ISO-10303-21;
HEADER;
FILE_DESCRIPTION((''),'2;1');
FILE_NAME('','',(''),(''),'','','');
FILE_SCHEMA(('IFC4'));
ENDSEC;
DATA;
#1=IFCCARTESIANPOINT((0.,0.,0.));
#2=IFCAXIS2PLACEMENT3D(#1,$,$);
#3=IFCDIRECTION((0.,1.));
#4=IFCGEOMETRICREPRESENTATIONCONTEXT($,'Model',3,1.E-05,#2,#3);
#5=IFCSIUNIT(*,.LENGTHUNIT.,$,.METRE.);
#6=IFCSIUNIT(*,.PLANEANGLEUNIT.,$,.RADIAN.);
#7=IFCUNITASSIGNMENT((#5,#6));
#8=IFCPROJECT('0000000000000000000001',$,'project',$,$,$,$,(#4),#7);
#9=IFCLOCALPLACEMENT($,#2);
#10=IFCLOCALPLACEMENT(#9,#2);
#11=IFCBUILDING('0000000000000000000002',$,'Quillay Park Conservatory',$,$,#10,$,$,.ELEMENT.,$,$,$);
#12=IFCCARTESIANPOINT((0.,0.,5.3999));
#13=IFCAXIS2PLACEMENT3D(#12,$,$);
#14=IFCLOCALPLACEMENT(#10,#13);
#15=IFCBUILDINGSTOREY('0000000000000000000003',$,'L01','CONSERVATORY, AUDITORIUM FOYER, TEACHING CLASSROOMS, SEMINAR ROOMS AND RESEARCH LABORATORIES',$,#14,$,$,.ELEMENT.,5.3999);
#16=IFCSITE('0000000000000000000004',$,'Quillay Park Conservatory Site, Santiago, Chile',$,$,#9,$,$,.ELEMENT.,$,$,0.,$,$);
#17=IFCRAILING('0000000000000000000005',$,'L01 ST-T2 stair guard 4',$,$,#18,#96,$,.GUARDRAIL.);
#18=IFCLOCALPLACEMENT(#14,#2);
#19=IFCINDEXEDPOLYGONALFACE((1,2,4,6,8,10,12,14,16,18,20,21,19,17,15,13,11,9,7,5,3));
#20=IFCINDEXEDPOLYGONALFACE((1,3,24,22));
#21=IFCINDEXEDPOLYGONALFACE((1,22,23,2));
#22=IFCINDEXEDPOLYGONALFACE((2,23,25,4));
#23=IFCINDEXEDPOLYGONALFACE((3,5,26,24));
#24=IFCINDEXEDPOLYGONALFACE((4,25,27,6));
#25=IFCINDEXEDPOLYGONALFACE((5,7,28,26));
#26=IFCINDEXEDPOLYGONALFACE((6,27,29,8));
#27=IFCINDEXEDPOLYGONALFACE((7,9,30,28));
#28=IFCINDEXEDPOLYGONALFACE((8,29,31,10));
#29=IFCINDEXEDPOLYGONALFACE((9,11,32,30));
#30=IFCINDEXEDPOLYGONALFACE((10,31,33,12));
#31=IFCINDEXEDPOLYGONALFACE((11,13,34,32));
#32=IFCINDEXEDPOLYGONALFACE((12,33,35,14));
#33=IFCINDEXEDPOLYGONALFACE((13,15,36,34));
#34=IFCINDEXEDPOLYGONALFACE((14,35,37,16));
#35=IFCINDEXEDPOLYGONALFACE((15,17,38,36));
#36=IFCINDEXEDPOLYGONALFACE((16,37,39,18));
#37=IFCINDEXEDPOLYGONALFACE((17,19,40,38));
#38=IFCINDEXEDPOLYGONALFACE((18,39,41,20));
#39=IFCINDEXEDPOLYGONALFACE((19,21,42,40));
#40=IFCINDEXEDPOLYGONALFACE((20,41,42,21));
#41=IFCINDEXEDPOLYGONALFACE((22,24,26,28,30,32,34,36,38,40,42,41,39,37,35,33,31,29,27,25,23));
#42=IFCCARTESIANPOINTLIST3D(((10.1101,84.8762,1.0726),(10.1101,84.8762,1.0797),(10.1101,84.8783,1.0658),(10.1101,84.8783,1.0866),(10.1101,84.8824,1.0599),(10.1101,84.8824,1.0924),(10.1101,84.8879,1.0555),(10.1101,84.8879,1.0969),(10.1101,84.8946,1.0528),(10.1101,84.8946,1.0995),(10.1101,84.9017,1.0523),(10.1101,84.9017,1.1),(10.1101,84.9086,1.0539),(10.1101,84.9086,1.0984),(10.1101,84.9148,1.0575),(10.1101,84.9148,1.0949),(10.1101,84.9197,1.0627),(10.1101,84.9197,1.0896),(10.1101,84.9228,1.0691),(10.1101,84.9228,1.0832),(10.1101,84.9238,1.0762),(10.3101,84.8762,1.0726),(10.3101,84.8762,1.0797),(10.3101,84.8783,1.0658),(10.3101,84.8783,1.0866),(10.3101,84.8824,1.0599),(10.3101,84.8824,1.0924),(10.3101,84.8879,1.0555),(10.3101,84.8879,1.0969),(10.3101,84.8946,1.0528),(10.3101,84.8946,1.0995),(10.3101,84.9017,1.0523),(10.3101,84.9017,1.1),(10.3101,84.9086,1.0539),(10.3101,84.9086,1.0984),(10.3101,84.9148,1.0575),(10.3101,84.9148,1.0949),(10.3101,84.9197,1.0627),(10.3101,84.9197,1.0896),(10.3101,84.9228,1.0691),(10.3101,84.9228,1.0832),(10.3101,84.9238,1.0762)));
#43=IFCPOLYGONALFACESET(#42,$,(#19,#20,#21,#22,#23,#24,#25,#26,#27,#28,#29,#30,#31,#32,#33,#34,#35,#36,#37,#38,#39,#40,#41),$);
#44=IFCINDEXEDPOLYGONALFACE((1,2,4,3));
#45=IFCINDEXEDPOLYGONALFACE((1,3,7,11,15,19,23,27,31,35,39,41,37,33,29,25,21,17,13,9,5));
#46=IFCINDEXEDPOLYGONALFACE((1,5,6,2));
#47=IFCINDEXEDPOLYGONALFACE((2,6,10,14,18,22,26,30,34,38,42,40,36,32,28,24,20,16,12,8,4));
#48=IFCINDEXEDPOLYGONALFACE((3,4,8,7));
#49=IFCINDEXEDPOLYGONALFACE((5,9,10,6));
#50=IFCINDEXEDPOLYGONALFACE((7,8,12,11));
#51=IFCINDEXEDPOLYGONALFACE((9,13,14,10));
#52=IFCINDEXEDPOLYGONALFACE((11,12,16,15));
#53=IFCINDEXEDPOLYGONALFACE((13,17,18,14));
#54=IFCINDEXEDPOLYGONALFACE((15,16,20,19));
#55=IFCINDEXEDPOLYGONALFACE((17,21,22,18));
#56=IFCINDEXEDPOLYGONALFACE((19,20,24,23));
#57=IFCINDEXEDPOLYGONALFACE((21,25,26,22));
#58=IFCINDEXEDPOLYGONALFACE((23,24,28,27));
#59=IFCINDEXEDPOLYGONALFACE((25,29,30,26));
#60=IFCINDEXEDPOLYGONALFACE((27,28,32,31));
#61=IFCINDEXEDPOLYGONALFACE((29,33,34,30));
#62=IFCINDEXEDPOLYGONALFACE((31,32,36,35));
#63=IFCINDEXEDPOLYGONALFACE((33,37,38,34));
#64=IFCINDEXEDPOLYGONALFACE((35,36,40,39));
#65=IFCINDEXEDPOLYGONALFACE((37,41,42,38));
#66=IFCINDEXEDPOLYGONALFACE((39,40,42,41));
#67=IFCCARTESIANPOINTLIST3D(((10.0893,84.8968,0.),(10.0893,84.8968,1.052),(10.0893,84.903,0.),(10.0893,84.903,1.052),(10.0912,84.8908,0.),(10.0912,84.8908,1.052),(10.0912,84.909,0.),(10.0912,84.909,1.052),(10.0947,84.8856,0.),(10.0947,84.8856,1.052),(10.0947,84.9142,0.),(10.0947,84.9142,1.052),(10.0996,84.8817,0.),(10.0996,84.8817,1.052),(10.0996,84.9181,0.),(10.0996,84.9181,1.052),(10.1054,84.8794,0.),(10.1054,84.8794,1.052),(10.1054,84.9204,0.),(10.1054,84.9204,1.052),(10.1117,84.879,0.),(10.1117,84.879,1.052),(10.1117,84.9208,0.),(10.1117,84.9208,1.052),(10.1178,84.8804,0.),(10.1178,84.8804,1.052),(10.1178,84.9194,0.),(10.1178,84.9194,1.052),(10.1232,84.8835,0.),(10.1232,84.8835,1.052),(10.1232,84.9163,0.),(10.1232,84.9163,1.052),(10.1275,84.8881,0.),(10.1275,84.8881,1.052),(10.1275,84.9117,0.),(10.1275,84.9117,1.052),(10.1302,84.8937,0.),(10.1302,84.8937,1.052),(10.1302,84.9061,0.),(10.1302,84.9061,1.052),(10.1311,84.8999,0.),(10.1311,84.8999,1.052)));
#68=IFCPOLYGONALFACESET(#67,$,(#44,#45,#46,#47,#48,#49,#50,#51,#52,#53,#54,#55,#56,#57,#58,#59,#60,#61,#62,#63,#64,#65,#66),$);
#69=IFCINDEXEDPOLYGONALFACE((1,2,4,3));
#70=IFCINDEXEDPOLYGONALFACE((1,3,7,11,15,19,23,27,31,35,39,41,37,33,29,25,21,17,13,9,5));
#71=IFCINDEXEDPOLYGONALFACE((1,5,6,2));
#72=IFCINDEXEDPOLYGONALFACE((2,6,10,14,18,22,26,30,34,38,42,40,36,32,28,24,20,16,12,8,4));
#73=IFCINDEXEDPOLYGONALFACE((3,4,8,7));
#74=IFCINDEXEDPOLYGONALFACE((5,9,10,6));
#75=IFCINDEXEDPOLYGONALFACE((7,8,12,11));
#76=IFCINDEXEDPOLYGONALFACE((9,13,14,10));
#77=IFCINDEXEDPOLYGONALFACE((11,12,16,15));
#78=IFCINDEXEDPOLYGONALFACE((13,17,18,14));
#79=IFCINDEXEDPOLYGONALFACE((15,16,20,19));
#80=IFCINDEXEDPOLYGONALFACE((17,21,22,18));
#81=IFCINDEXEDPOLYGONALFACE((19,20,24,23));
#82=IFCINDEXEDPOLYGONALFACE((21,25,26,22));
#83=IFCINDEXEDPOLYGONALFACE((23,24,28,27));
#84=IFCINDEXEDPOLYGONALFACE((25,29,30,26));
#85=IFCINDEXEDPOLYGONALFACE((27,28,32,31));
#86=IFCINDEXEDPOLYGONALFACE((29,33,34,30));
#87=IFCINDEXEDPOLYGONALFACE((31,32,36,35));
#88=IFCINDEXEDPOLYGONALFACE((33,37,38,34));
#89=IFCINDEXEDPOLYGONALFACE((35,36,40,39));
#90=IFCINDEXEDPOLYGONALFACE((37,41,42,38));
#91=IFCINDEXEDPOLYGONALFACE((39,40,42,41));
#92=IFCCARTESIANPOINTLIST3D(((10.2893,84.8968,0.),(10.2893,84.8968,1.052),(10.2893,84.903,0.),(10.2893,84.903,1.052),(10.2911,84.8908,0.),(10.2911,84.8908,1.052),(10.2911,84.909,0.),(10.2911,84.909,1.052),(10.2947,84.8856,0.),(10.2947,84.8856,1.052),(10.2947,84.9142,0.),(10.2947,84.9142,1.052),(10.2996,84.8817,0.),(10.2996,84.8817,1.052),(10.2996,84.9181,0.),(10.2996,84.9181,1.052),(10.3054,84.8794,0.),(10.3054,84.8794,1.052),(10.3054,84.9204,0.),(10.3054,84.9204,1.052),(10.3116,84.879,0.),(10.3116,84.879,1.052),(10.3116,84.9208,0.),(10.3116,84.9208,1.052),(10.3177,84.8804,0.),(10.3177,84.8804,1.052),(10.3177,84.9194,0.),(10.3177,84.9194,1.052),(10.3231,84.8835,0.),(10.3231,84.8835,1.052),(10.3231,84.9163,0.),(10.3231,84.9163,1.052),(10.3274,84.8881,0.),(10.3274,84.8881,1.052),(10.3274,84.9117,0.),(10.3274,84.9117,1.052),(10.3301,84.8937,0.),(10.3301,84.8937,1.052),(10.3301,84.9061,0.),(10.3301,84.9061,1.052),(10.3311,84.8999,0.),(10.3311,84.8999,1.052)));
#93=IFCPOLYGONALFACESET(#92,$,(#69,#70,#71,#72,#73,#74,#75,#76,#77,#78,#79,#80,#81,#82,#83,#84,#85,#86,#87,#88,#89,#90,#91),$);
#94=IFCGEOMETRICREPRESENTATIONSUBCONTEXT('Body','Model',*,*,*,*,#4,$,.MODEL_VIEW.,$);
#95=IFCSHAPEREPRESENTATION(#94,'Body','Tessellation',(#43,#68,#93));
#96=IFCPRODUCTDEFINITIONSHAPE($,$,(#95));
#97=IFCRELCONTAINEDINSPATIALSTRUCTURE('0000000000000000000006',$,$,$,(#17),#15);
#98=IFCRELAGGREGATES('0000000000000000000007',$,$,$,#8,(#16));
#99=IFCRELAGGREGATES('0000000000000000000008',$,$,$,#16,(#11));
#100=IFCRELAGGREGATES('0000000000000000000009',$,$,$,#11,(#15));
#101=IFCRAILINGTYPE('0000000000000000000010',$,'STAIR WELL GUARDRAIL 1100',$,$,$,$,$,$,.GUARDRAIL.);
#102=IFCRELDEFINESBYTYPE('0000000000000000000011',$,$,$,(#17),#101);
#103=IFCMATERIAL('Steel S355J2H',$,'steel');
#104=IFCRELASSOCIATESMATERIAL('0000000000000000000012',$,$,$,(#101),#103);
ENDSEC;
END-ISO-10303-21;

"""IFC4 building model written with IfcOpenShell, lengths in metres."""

from ifc_helpers import new_model, si_unit, direction, frame, origin, origin_2d, place, context, subcontext, project, spatial, circle, extrude, material, type_object, element, save


model = new_model("IFC4")

# Units and contexts
model_context = context("Model", 3, precision=1e-05, world=origin(), true_north=direction((0.0, 1.0)))
body_context = subcontext(model_context, "Body", "Model", "MODEL_VIEW")
ifc_project = project(units=[si_unit("LENGTHUNIT", "METRE"), si_unit("PLANEANGLEUNIT", "RADIAN")], contexts=[model_context])

# Site, building, storey
site_placement = place(None, origin())
site = spatial("IfcSite", under=ifc_project, at=site_placement, Name="Quillay Park Conservatory Site, Santiago, Chile", CompositionType="ELEMENT", RefElevation=0.0)
building_placement = place(site_placement, origin())
building = spatial("IfcBuilding", under=site, at=building_placement, Name="Quillay Park Conservatory", CompositionType="ELEMENT")
storey_placement = place(building_placement, frame((0.0, 0.0, 5.3999)))
storey = spatial("IfcBuildingStorey", under=building, at=storey_placement, Name="L01", Description="CONSERVATORY, AUDITORIUM FOYER, TEACHING CLASSROOMS, SEMINAR ROOMS AND RESEARCH LABORATORIES", CompositionType="ELEMENT", Elevation=5.3999)

# Railing
ifc_material_1 = material(Name="Steel S355J2H", Category="steel")
railing_type_1 = type_object("IfcRailingType", Name="STAIR WELL GUARDRAIL 1100", PredefinedType="GUARDRAIL", material=ifc_material_1)
railing_1_placement = place(storey_placement, frame((10.1101, 84.8999, 0.0)))
element("IfcRailing", 1, at=railing_1_placement, inside=storey, type_object=railing_type_1, Name="L01 ST-T2 stair guard 4", PredefinedType="GUARDRAIL", context=body_context, shape_type="SweptSolid", body=[
    extrude(circle(Radius=0.0239, at=origin_2d()), frame((0.0, 0.0, 1.0762), z_axis=(1.0, 0.0, 0.0), x_axis=(0.0, 1.0, 0.0)), (0.0, 0.0, 1.0), 0.2),
    extrude(circle(Radius=0.021, at=origin_2d()), origin(), (0.0, 0.0, 1.0), 1.052),
    extrude(circle(Radius=0.021, at=origin_2d()), frame((0.2, 0.0, 0.0)), (0.0, 0.0, 1.0), 1.052),
])

save(model, "model.ifc")
